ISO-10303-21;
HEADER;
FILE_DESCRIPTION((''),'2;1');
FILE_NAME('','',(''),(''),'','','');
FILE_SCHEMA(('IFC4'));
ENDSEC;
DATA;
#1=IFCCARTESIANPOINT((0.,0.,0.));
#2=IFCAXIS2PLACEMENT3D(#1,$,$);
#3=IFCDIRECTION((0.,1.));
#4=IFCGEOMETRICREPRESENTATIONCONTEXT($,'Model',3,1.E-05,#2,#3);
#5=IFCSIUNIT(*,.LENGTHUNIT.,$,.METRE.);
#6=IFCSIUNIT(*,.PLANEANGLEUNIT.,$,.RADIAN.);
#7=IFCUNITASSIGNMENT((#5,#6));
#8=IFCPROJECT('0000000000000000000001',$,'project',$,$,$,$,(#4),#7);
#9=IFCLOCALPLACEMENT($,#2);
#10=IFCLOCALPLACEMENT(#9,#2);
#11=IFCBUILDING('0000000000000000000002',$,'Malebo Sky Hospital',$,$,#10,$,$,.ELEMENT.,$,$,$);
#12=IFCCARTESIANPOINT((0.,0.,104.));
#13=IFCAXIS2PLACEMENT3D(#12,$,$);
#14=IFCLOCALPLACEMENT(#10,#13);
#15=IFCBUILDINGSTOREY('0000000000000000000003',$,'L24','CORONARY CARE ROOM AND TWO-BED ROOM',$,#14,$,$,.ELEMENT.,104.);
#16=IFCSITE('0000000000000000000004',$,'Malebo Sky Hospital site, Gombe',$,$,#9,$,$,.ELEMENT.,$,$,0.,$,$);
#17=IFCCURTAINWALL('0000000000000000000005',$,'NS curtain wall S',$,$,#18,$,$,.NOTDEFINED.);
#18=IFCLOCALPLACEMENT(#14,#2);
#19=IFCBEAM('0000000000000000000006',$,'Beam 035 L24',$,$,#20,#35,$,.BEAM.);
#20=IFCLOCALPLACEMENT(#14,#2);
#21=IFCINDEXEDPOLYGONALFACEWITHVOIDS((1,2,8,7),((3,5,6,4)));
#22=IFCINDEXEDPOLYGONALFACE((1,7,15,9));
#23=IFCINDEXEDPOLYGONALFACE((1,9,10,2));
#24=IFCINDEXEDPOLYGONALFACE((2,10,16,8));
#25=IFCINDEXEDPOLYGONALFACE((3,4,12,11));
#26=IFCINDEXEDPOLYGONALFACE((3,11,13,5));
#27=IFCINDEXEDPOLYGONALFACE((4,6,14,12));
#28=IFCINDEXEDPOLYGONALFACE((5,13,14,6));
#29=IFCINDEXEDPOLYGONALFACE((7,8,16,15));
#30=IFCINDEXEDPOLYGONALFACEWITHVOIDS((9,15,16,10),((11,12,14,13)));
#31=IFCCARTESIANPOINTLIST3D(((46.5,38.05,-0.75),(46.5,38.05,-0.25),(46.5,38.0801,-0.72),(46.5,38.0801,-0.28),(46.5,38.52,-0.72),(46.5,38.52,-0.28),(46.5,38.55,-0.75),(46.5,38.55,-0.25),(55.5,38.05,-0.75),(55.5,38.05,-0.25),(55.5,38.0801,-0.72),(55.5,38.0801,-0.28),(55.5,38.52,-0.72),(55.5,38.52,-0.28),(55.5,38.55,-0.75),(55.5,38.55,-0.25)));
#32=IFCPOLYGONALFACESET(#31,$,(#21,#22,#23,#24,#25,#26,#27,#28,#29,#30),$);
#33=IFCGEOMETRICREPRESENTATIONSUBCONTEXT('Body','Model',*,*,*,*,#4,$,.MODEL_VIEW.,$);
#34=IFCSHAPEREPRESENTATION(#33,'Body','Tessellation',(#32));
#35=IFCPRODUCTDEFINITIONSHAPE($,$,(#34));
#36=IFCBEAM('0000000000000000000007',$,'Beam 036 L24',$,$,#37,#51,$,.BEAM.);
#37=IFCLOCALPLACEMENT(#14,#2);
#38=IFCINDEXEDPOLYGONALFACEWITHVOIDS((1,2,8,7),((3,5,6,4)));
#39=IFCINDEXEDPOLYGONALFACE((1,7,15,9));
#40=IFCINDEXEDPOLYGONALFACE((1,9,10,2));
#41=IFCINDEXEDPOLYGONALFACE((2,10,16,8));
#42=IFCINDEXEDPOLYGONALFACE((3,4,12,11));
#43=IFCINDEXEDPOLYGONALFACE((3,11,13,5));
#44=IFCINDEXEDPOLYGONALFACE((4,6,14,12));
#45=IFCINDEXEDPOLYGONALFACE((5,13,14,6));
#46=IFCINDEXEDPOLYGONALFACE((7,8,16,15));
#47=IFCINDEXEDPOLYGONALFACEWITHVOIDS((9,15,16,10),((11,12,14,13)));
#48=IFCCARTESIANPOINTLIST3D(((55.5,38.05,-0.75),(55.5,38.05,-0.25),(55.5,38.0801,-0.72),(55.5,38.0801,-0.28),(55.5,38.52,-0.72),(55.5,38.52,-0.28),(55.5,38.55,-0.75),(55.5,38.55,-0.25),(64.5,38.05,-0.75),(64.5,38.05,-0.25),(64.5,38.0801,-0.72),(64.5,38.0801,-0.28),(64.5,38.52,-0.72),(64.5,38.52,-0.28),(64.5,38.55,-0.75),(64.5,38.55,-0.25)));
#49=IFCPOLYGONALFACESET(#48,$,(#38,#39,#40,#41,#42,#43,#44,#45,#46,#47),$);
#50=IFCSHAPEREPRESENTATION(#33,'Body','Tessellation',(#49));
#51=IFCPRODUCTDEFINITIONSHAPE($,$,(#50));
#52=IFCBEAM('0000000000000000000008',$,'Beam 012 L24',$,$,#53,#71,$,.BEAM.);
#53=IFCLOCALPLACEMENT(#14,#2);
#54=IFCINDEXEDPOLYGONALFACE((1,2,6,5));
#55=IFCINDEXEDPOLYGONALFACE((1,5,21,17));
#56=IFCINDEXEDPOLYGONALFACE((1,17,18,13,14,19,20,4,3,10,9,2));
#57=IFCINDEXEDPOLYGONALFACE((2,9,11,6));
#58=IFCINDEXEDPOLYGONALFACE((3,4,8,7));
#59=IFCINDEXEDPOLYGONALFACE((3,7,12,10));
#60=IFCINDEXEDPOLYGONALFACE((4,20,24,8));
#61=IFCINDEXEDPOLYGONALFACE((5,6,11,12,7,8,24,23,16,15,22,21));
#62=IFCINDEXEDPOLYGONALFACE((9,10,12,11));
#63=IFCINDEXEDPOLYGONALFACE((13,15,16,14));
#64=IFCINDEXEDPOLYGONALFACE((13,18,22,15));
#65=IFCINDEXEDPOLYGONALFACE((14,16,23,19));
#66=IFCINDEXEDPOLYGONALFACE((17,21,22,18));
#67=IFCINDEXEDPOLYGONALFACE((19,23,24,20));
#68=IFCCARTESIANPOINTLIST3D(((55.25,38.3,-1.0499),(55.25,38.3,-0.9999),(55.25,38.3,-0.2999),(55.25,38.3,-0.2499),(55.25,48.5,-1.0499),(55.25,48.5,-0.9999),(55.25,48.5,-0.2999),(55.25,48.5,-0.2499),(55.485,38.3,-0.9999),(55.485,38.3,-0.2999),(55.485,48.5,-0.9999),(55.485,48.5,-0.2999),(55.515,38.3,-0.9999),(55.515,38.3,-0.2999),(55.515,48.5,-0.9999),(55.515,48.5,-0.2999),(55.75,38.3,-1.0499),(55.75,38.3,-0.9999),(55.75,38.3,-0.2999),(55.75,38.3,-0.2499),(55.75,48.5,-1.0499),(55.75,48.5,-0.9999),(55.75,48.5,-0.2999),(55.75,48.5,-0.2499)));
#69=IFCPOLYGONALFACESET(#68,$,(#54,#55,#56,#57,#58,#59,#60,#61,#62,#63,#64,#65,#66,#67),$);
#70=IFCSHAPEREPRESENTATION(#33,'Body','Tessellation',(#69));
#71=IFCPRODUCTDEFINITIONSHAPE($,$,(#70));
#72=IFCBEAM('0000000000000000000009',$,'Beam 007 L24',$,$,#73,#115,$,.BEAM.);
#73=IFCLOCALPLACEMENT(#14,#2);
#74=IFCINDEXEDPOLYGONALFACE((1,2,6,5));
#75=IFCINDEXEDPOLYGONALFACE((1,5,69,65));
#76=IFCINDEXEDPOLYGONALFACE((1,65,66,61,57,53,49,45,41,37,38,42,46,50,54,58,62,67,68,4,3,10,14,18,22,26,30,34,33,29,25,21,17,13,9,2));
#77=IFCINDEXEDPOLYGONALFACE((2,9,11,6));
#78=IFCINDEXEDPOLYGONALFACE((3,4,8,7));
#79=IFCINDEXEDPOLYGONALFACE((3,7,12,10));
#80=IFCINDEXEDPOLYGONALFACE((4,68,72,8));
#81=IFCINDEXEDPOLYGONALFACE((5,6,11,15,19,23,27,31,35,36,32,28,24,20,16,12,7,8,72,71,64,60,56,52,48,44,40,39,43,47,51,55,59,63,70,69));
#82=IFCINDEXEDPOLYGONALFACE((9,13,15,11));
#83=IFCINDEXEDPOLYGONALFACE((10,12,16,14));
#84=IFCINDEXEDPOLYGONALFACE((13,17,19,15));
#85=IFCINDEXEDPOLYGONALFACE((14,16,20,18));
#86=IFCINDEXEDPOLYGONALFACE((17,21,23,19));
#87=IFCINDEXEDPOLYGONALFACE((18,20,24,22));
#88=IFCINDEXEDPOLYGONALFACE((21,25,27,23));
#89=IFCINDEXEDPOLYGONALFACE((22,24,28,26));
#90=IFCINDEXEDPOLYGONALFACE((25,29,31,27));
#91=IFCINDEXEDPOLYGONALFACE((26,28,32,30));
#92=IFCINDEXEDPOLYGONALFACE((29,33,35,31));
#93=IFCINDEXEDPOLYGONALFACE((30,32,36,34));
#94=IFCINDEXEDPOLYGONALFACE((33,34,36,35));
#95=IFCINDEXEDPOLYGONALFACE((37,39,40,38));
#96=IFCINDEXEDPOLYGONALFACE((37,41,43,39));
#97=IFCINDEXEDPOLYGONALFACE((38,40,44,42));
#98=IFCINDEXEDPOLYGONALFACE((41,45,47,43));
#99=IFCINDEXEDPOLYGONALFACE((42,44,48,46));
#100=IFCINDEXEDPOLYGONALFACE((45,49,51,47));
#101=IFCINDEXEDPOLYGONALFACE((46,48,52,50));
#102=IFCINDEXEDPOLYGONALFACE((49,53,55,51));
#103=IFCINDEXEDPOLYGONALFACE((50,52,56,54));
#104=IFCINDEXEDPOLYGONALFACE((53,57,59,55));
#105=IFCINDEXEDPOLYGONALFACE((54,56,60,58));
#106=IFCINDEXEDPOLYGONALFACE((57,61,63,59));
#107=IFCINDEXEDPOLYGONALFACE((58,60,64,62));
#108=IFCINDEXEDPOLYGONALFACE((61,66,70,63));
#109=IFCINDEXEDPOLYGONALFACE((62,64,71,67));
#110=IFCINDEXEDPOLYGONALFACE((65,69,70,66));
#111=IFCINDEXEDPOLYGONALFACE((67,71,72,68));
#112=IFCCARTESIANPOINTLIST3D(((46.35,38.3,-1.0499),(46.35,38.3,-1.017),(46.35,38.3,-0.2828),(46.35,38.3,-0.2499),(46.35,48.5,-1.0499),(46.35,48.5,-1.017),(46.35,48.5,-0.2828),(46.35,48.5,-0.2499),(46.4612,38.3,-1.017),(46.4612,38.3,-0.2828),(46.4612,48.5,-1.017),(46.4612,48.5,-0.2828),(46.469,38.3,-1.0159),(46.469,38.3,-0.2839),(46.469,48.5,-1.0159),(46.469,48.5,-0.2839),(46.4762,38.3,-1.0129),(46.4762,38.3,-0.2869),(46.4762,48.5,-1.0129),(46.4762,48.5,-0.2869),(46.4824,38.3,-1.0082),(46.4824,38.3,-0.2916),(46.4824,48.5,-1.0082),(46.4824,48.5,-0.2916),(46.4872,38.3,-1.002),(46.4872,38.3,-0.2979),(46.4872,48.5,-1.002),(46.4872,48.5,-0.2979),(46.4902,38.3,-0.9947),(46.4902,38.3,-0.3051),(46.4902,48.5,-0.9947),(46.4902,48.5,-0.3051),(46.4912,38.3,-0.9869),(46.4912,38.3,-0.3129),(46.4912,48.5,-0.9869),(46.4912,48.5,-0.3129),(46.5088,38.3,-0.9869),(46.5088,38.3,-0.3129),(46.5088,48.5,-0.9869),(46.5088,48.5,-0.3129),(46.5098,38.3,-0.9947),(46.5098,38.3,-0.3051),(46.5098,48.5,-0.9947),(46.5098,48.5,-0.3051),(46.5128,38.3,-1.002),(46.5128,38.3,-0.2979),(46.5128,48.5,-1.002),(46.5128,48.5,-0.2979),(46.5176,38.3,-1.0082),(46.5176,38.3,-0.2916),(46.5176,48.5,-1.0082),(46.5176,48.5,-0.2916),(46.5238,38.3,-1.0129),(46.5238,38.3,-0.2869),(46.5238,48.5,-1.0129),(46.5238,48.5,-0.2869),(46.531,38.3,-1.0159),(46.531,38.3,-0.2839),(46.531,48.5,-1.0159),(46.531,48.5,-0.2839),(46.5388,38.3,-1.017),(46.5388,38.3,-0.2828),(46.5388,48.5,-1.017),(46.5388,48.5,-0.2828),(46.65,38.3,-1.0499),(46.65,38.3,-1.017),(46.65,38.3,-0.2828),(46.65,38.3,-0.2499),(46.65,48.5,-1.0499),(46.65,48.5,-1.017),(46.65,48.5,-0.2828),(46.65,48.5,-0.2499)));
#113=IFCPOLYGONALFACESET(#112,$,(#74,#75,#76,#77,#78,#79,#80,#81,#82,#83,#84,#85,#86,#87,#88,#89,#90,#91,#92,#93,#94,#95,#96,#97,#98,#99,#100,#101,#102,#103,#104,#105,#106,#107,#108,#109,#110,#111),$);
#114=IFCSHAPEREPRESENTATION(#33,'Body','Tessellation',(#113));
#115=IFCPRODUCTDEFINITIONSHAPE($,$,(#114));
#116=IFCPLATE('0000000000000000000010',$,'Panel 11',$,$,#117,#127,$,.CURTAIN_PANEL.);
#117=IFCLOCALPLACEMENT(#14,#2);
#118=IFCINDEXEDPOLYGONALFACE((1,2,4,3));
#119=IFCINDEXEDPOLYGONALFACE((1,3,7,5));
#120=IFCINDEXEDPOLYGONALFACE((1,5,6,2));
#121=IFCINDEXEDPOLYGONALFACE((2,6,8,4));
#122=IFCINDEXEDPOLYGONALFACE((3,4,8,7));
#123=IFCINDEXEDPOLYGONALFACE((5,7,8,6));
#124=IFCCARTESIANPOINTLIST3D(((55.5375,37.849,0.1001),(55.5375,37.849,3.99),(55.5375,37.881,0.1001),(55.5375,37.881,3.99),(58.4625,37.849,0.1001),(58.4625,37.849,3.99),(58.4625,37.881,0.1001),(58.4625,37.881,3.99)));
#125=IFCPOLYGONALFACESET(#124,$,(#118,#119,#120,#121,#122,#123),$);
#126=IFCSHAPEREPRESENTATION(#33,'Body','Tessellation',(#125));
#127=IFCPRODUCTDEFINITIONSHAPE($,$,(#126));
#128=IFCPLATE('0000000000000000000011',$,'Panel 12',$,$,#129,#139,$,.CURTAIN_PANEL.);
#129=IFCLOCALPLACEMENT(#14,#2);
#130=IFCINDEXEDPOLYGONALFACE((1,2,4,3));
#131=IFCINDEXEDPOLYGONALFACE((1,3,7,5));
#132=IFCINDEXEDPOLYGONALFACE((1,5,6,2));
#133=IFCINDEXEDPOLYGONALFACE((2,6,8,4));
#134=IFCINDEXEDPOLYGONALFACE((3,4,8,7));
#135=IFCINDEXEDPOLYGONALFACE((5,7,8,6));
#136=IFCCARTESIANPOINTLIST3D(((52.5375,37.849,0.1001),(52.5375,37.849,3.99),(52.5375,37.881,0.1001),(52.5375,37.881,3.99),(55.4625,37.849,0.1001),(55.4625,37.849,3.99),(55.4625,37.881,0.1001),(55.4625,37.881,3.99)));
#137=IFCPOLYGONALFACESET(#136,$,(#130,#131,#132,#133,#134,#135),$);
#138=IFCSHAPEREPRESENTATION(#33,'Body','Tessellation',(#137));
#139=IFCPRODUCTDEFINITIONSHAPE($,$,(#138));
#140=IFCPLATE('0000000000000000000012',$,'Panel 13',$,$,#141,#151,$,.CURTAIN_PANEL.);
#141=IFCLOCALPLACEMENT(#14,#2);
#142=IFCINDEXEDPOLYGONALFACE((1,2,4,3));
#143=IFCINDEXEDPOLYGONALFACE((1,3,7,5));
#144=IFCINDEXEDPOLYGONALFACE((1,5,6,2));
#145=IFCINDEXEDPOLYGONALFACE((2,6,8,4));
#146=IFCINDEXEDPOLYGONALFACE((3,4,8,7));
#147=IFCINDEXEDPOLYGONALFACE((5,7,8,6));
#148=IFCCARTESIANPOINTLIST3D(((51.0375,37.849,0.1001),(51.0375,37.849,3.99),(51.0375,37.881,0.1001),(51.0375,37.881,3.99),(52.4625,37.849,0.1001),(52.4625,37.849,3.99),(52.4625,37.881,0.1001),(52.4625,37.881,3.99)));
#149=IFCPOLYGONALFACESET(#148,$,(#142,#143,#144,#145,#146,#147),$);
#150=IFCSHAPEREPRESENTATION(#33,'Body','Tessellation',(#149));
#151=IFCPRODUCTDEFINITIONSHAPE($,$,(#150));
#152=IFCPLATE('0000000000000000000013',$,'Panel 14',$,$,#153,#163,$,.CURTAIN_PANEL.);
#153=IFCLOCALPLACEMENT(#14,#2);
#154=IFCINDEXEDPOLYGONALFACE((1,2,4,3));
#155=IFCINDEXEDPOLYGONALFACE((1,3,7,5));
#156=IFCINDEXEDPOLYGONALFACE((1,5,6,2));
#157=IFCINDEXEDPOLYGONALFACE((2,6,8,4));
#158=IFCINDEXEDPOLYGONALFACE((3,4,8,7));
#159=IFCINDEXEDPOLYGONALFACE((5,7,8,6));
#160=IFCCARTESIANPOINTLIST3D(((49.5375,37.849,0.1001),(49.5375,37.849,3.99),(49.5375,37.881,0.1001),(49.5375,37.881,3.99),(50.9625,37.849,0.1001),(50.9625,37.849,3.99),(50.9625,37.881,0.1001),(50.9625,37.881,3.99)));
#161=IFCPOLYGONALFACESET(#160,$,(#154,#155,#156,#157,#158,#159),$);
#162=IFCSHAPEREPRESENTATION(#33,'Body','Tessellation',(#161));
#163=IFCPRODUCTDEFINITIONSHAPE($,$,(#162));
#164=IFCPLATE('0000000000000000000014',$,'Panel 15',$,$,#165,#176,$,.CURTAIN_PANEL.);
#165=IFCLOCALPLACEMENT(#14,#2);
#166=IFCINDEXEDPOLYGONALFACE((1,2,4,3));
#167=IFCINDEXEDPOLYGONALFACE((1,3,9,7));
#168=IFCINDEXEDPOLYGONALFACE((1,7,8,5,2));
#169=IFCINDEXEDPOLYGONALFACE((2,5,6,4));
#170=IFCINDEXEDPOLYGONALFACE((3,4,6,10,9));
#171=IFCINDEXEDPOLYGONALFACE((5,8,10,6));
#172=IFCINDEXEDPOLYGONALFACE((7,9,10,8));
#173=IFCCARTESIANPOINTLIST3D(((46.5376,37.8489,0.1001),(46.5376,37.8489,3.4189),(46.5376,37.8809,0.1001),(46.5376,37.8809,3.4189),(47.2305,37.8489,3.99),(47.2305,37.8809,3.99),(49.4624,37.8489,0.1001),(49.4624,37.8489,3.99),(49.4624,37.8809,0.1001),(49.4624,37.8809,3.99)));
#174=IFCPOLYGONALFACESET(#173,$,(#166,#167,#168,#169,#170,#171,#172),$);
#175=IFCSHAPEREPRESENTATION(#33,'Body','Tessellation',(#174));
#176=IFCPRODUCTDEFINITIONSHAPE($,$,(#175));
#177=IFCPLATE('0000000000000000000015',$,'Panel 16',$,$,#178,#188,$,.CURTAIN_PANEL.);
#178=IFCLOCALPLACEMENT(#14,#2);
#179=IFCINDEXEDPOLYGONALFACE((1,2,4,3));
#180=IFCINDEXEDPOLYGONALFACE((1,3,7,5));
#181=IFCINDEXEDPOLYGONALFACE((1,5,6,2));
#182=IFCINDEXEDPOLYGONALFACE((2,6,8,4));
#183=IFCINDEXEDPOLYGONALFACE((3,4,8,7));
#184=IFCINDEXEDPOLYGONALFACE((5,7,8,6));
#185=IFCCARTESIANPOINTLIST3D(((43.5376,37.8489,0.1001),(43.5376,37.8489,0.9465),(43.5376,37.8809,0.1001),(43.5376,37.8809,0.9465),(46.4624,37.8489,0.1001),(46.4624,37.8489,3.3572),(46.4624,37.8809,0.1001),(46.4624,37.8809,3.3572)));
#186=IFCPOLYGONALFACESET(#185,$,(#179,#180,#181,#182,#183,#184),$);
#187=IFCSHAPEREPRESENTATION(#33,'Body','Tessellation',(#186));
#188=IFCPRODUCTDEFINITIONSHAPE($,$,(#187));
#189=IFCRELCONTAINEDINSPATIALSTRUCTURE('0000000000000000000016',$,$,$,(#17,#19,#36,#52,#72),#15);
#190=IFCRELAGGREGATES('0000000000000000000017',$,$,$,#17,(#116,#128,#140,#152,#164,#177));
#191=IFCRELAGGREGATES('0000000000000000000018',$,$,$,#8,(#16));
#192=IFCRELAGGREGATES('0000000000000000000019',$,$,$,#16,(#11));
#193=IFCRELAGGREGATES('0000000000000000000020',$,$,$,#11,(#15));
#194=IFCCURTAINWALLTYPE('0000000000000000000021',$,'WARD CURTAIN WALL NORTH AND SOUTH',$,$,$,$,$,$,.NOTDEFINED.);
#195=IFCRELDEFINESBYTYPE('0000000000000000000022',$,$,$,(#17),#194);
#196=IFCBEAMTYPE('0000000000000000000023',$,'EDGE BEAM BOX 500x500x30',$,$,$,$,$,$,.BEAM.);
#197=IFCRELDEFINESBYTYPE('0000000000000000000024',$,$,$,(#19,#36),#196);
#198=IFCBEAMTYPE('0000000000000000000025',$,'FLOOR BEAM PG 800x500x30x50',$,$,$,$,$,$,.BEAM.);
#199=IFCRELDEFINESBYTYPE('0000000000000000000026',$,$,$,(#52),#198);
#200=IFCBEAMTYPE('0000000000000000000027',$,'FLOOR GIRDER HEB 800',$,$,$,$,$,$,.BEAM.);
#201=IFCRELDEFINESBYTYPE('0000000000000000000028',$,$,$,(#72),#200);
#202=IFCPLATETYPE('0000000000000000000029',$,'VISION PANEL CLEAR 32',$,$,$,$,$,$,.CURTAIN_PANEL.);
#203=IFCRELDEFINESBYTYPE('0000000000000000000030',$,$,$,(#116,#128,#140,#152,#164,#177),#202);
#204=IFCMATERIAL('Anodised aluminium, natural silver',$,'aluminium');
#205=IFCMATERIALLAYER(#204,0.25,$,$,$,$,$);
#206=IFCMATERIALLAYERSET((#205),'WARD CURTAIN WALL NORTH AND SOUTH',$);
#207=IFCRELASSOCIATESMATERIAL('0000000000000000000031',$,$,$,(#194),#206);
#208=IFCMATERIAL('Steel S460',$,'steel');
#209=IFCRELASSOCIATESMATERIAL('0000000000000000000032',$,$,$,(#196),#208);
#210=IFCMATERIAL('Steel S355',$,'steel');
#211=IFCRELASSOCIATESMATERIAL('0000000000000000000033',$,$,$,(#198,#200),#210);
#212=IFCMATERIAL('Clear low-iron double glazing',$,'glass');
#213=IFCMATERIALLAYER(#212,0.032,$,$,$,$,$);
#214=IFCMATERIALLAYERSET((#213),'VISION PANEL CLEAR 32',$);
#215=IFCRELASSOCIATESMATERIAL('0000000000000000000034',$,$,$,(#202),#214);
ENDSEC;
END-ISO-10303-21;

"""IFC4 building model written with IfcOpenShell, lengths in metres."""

from ifc_helpers import new_model, si_unit, direction, frame, origin, origin_2d, place, context, subcontext, project, spatial, polyline, rectangle, hollow_rectangle, i_section, outline, extrude, material, layer, layer_set, material_profile, profile_set, type_object, element, aggregate, save


model = new_model("IFC4")

# Units and contexts
model_context = context("Model", 3, precision=1e-05, world=origin(), true_north=direction((0.0, 1.0)))
body_context = subcontext(model_context, "Body", "Model", "MODEL_VIEW")
ifc_project = project(units=[si_unit("LENGTHUNIT", "METRE"), si_unit("PLANEANGLEUNIT", "RADIAN")], contexts=[model_context])

# Site, building, storey
site_placement = place(None, origin())
site = spatial("IfcSite", under=ifc_project, at=site_placement, Name="Malebo Sky Hospital site, Gombe", CompositionType="ELEMENT", RefElevation=0.0)
building_placement = place(site_placement, origin())
building = spatial("IfcBuilding", under=site, at=building_placement, Name="Malebo Sky Hospital", CompositionType="ELEMENT")
storey_placement = place(building_placement, frame((0.0, 0.0, 104.0)))
storey = spatial("IfcBuildingStorey", under=building, at=storey_placement, Name="L24", Description="CORONARY CARE ROOM AND TWO-BED ROOM", CompositionType="ELEMENT", Elevation=104.0)

# Shared definitions
ifc_material_1 = material(Name="Steel S460", Category="steel")

# Curtain wall
ifc_material_2 = material(Name="Anodised aluminium, natural silver", Category="aluminium")
ifc_layer_1 = layer(ifc_material_2, 0.25)
ifc_layer_set_1 = layer_set([ifc_layer_1], Name="WARD CURTAIN WALL NORTH AND SOUTH")
curtain_wall_type = type_object("IfcCurtainWallType", Name="WARD CURTAIN WALL NORTH AND SOUTH", PredefinedType="NOTDEFINED", material=ifc_layer_set_1)
curtain_wall_placement = place(storey_placement, origin())
curtain_wall = element("IfcCurtainWall", 1, at=curtain_wall_placement, inside=storey, type_object=curtain_wall_type, Name="NS curtain wall S", PredefinedType="NOTDEFINED")

# Beams
ifc_material_profile_1 = material_profile(ifc_material_1, hollow_rectangle(XDim=0.5, YDim=0.5, WallThickness=0.03, at=origin_2d()), Name="BOX 500x500x30")
ifc_profile_set_1 = profile_set([ifc_material_profile_1], Name="Steel S460")
beam_type_1 = type_object("IfcBeamType", Name="EDGE BEAM BOX 500x500x30", PredefinedType="BEAM", material=ifc_profile_set_1)
for number, where, z_axis, x_axis, name in (
    (2, (46.5, 38.3, -0.5), (1.0, 0.0, 0.0), (0.0, 1.0, 0.0), "Beam 035 L24"),
    (3, (55.5, 38.3, -0.5), (1.0, 0.0, 0.0), (0.0, 1.0, 0.0), "Beam 036 L24"),
):
    element("IfcBeam", number, at=place(storey_placement, frame(where, z_axis=z_axis, x_axis=x_axis)), inside=storey, type_object=beam_type_1, Name=name, PredefinedType="BEAM", context=body_context, shape_type="SweptSolid", body=[
        extrude(hollow_rectangle(XDim=0.5, YDim=0.5, WallThickness=0.03, at=origin_2d()), origin(), (0.0, 0.0, 1.0), 9.0),
    ])
ifc_material_3 = material(Name="Steel S355", Category="steel")
ifc_material_profile_2 = material_profile(ifc_material_3, i_section(OverallWidth=0.5, OverallDepth=0.8, WebThickness=0.03, FlangeThickness=0.05, at=origin_2d()), Name="PG 800x500x30x50")
ifc_profile_set_2 = profile_set([ifc_material_profile_2], Name="Steel S355")
beam_type_2 = type_object("IfcBeamType", Name="FLOOR BEAM PG 800x500x30x50", PredefinedType="BEAM", material=ifc_profile_set_2)
beam_1_placement = place(storey_placement, frame((55.5, 38.3, -0.6499), z_axis=(0.0, 1.0, 0.0), x_axis=(-1.0, 0.0, 0.0)))
element("IfcBeam", 4, at=beam_1_placement, inside=storey, type_object=beam_type_2, Name="Beam 012 L24", PredefinedType="BEAM", context=body_context, shape_type="SweptSolid", body=[
    extrude(i_section(OverallWidth=0.5, OverallDepth=0.8, WebThickness=0.03, FlangeThickness=0.05, at=origin_2d()), origin(), (0.0, 0.0, 1.0), 10.2),
])
ifc_material_profile_3 = material_profile(ifc_material_3, i_section(OverallWidth=0.3, OverallDepth=0.8, WebThickness=0.0176, FlangeThickness=0.033, FilletRadius=0.03, at=origin_2d()), Name="HEB 800")
ifc_profile_set_3 = profile_set([ifc_material_profile_3], Name="Steel S355")
beam_type_3 = type_object("IfcBeamType", Name="FLOOR GIRDER HEB 800", PredefinedType="BEAM", material=ifc_profile_set_3)
beam_2_placement = place(storey_placement, frame((46.5, 38.3, -0.6499), z_axis=(0.0, 1.0, 0.0), x_axis=(-1.0, 0.0, 0.0)))
element("IfcBeam", 5, at=beam_2_placement, inside=storey, type_object=beam_type_3, Name="Beam 007 L24", PredefinedType="BEAM", context=body_context, shape_type="SweptSolid", body=[
    extrude(i_section(OverallWidth=0.3, OverallDepth=0.8, WebThickness=0.0176, FlangeThickness=0.033, FilletRadius=0.03, at=origin_2d()), origin(), (0.0, 0.0, 1.0), 10.2),
])

# Plates
ifc_material_4 = material(Name="Clear low-iron double glazing", Category="glass")
ifc_layer_2 = layer(ifc_material_4, 0.032)
ifc_layer_set_2 = layer_set([ifc_layer_2], Name="VISION PANEL CLEAR 32")
plate_type = type_object("IfcPlateType", Name="VISION PANEL CLEAR 32", PredefinedType="CURTAIN_PANEL", material=ifc_layer_set_2)
plate_1_placement = place(storey_placement, frame((57.0, 37.865, 0.1001), z_axis=(0.0, 0.0, 1.0), x_axis=(-1.0, 0.0, 0.0)))
plate_1 = element("IfcPlate", 6, at=plate_1_placement, type_object=plate_type, Name="Panel 11", PredefinedType="CURTAIN_PANEL", context=body_context, shape_type="SweptSolid", body=[
    extrude(rectangle(XDim=2.925, YDim=0.032, at=origin_2d()), origin(), (0.0, 0.0, 1.0), 3.8899),
])
plate_2_placement = place(storey_placement, frame((54.0, 37.865, 0.1001), z_axis=(0.0, 0.0, 1.0), x_axis=(-1.0, 0.0, 0.0)))
plate_2 = element("IfcPlate", 7, at=plate_2_placement, type_object=plate_type, Name="Panel 12", PredefinedType="CURTAIN_PANEL", context=body_context, shape_type="SweptSolid", body=[
    extrude(rectangle(XDim=2.925, YDim=0.032, at=origin_2d()), origin(), (0.0, 0.0, 1.0), 3.8899),
])
plate_3_placement = place(storey_placement, frame((51.75, 37.865, 0.1001), z_axis=(0.0, 0.0, 1.0), x_axis=(-1.0, 0.0, 0.0)))
plate_3 = element("IfcPlate", 8, at=plate_3_placement, type_object=plate_type, Name="Panel 13", PredefinedType="CURTAIN_PANEL", context=body_context, shape_type="SweptSolid", body=[
    extrude(rectangle(XDim=1.425, YDim=0.032, at=origin_2d()), origin(), (0.0, 0.0, 1.0), 3.8899),
])
plate_4_placement = place(storey_placement, frame((50.25, 37.865, 0.1001), z_axis=(0.0, 0.0, 1.0), x_axis=(-1.0, 0.0, 0.0)))
plate_4 = element("IfcPlate", 9, at=plate_4_placement, type_object=plate_type, Name="Panel 14", PredefinedType="CURTAIN_PANEL", context=body_context, shape_type="SweptSolid", body=[
    extrude(rectangle(XDim=1.425, YDim=0.032, at=origin_2d()), origin(), (0.0, 0.0, 1.0), 3.8899),
])
plate_5_placement = place(storey_placement, frame((48.0, 37.865, 0.1001), z_axis=(0.0, 0.0, 1.0), x_axis=(-1.0, 0.0, 0.0)))
plate_5 = element("IfcPlate", 10, at=plate_5_placement, type_object=plate_type, Name="Panel 15", PredefinedType="CURTAIN_PANEL", context=body_context, shape_type="SweptSolid", body=[
    extrude(outline(polyline([(-1.4624, 0.0), (1.4624, 0.0), (1.4624, 3.3188), (0.7695, 3.8899), (-1.4624, 3.8899), (-1.4624, 0.0)])), frame((0.0, 0.0161, 0.0), z_axis=(0.0, -1.0, 0.0), x_axis=(1.0, 0.0, 0.0)), (0.0, 0.0, 1.0), 0.032),
])
plate_6_placement = place(storey_placement, frame((45.0, 37.865, 0.1001), z_axis=(0.0, 0.0, 1.0), x_axis=(-1.0, 0.0, 0.0)))
plate_6 = element("IfcPlate", 11, at=plate_6_placement, type_object=plate_type, Name="Panel 16", PredefinedType="CURTAIN_PANEL", context=body_context, shape_type="SweptSolid", body=[
    extrude(outline(polyline([(-1.4624, 0.0), (1.4624, 0.0), (1.4624, 0.8464), (-1.4624, 3.2571), (-1.4624, 0.0)])), frame((0.0, 0.0161, 0.0), z_axis=(0.0, -1.0, 0.0), x_axis=(1.0, 0.0, 0.0)), (0.0, 0.0, 1.0), 0.032),
])
aggregate(curtain_wall, [plate_1, plate_2, plate_3, plate_4, plate_5, plate_6])

save(model, "model.ifc")
